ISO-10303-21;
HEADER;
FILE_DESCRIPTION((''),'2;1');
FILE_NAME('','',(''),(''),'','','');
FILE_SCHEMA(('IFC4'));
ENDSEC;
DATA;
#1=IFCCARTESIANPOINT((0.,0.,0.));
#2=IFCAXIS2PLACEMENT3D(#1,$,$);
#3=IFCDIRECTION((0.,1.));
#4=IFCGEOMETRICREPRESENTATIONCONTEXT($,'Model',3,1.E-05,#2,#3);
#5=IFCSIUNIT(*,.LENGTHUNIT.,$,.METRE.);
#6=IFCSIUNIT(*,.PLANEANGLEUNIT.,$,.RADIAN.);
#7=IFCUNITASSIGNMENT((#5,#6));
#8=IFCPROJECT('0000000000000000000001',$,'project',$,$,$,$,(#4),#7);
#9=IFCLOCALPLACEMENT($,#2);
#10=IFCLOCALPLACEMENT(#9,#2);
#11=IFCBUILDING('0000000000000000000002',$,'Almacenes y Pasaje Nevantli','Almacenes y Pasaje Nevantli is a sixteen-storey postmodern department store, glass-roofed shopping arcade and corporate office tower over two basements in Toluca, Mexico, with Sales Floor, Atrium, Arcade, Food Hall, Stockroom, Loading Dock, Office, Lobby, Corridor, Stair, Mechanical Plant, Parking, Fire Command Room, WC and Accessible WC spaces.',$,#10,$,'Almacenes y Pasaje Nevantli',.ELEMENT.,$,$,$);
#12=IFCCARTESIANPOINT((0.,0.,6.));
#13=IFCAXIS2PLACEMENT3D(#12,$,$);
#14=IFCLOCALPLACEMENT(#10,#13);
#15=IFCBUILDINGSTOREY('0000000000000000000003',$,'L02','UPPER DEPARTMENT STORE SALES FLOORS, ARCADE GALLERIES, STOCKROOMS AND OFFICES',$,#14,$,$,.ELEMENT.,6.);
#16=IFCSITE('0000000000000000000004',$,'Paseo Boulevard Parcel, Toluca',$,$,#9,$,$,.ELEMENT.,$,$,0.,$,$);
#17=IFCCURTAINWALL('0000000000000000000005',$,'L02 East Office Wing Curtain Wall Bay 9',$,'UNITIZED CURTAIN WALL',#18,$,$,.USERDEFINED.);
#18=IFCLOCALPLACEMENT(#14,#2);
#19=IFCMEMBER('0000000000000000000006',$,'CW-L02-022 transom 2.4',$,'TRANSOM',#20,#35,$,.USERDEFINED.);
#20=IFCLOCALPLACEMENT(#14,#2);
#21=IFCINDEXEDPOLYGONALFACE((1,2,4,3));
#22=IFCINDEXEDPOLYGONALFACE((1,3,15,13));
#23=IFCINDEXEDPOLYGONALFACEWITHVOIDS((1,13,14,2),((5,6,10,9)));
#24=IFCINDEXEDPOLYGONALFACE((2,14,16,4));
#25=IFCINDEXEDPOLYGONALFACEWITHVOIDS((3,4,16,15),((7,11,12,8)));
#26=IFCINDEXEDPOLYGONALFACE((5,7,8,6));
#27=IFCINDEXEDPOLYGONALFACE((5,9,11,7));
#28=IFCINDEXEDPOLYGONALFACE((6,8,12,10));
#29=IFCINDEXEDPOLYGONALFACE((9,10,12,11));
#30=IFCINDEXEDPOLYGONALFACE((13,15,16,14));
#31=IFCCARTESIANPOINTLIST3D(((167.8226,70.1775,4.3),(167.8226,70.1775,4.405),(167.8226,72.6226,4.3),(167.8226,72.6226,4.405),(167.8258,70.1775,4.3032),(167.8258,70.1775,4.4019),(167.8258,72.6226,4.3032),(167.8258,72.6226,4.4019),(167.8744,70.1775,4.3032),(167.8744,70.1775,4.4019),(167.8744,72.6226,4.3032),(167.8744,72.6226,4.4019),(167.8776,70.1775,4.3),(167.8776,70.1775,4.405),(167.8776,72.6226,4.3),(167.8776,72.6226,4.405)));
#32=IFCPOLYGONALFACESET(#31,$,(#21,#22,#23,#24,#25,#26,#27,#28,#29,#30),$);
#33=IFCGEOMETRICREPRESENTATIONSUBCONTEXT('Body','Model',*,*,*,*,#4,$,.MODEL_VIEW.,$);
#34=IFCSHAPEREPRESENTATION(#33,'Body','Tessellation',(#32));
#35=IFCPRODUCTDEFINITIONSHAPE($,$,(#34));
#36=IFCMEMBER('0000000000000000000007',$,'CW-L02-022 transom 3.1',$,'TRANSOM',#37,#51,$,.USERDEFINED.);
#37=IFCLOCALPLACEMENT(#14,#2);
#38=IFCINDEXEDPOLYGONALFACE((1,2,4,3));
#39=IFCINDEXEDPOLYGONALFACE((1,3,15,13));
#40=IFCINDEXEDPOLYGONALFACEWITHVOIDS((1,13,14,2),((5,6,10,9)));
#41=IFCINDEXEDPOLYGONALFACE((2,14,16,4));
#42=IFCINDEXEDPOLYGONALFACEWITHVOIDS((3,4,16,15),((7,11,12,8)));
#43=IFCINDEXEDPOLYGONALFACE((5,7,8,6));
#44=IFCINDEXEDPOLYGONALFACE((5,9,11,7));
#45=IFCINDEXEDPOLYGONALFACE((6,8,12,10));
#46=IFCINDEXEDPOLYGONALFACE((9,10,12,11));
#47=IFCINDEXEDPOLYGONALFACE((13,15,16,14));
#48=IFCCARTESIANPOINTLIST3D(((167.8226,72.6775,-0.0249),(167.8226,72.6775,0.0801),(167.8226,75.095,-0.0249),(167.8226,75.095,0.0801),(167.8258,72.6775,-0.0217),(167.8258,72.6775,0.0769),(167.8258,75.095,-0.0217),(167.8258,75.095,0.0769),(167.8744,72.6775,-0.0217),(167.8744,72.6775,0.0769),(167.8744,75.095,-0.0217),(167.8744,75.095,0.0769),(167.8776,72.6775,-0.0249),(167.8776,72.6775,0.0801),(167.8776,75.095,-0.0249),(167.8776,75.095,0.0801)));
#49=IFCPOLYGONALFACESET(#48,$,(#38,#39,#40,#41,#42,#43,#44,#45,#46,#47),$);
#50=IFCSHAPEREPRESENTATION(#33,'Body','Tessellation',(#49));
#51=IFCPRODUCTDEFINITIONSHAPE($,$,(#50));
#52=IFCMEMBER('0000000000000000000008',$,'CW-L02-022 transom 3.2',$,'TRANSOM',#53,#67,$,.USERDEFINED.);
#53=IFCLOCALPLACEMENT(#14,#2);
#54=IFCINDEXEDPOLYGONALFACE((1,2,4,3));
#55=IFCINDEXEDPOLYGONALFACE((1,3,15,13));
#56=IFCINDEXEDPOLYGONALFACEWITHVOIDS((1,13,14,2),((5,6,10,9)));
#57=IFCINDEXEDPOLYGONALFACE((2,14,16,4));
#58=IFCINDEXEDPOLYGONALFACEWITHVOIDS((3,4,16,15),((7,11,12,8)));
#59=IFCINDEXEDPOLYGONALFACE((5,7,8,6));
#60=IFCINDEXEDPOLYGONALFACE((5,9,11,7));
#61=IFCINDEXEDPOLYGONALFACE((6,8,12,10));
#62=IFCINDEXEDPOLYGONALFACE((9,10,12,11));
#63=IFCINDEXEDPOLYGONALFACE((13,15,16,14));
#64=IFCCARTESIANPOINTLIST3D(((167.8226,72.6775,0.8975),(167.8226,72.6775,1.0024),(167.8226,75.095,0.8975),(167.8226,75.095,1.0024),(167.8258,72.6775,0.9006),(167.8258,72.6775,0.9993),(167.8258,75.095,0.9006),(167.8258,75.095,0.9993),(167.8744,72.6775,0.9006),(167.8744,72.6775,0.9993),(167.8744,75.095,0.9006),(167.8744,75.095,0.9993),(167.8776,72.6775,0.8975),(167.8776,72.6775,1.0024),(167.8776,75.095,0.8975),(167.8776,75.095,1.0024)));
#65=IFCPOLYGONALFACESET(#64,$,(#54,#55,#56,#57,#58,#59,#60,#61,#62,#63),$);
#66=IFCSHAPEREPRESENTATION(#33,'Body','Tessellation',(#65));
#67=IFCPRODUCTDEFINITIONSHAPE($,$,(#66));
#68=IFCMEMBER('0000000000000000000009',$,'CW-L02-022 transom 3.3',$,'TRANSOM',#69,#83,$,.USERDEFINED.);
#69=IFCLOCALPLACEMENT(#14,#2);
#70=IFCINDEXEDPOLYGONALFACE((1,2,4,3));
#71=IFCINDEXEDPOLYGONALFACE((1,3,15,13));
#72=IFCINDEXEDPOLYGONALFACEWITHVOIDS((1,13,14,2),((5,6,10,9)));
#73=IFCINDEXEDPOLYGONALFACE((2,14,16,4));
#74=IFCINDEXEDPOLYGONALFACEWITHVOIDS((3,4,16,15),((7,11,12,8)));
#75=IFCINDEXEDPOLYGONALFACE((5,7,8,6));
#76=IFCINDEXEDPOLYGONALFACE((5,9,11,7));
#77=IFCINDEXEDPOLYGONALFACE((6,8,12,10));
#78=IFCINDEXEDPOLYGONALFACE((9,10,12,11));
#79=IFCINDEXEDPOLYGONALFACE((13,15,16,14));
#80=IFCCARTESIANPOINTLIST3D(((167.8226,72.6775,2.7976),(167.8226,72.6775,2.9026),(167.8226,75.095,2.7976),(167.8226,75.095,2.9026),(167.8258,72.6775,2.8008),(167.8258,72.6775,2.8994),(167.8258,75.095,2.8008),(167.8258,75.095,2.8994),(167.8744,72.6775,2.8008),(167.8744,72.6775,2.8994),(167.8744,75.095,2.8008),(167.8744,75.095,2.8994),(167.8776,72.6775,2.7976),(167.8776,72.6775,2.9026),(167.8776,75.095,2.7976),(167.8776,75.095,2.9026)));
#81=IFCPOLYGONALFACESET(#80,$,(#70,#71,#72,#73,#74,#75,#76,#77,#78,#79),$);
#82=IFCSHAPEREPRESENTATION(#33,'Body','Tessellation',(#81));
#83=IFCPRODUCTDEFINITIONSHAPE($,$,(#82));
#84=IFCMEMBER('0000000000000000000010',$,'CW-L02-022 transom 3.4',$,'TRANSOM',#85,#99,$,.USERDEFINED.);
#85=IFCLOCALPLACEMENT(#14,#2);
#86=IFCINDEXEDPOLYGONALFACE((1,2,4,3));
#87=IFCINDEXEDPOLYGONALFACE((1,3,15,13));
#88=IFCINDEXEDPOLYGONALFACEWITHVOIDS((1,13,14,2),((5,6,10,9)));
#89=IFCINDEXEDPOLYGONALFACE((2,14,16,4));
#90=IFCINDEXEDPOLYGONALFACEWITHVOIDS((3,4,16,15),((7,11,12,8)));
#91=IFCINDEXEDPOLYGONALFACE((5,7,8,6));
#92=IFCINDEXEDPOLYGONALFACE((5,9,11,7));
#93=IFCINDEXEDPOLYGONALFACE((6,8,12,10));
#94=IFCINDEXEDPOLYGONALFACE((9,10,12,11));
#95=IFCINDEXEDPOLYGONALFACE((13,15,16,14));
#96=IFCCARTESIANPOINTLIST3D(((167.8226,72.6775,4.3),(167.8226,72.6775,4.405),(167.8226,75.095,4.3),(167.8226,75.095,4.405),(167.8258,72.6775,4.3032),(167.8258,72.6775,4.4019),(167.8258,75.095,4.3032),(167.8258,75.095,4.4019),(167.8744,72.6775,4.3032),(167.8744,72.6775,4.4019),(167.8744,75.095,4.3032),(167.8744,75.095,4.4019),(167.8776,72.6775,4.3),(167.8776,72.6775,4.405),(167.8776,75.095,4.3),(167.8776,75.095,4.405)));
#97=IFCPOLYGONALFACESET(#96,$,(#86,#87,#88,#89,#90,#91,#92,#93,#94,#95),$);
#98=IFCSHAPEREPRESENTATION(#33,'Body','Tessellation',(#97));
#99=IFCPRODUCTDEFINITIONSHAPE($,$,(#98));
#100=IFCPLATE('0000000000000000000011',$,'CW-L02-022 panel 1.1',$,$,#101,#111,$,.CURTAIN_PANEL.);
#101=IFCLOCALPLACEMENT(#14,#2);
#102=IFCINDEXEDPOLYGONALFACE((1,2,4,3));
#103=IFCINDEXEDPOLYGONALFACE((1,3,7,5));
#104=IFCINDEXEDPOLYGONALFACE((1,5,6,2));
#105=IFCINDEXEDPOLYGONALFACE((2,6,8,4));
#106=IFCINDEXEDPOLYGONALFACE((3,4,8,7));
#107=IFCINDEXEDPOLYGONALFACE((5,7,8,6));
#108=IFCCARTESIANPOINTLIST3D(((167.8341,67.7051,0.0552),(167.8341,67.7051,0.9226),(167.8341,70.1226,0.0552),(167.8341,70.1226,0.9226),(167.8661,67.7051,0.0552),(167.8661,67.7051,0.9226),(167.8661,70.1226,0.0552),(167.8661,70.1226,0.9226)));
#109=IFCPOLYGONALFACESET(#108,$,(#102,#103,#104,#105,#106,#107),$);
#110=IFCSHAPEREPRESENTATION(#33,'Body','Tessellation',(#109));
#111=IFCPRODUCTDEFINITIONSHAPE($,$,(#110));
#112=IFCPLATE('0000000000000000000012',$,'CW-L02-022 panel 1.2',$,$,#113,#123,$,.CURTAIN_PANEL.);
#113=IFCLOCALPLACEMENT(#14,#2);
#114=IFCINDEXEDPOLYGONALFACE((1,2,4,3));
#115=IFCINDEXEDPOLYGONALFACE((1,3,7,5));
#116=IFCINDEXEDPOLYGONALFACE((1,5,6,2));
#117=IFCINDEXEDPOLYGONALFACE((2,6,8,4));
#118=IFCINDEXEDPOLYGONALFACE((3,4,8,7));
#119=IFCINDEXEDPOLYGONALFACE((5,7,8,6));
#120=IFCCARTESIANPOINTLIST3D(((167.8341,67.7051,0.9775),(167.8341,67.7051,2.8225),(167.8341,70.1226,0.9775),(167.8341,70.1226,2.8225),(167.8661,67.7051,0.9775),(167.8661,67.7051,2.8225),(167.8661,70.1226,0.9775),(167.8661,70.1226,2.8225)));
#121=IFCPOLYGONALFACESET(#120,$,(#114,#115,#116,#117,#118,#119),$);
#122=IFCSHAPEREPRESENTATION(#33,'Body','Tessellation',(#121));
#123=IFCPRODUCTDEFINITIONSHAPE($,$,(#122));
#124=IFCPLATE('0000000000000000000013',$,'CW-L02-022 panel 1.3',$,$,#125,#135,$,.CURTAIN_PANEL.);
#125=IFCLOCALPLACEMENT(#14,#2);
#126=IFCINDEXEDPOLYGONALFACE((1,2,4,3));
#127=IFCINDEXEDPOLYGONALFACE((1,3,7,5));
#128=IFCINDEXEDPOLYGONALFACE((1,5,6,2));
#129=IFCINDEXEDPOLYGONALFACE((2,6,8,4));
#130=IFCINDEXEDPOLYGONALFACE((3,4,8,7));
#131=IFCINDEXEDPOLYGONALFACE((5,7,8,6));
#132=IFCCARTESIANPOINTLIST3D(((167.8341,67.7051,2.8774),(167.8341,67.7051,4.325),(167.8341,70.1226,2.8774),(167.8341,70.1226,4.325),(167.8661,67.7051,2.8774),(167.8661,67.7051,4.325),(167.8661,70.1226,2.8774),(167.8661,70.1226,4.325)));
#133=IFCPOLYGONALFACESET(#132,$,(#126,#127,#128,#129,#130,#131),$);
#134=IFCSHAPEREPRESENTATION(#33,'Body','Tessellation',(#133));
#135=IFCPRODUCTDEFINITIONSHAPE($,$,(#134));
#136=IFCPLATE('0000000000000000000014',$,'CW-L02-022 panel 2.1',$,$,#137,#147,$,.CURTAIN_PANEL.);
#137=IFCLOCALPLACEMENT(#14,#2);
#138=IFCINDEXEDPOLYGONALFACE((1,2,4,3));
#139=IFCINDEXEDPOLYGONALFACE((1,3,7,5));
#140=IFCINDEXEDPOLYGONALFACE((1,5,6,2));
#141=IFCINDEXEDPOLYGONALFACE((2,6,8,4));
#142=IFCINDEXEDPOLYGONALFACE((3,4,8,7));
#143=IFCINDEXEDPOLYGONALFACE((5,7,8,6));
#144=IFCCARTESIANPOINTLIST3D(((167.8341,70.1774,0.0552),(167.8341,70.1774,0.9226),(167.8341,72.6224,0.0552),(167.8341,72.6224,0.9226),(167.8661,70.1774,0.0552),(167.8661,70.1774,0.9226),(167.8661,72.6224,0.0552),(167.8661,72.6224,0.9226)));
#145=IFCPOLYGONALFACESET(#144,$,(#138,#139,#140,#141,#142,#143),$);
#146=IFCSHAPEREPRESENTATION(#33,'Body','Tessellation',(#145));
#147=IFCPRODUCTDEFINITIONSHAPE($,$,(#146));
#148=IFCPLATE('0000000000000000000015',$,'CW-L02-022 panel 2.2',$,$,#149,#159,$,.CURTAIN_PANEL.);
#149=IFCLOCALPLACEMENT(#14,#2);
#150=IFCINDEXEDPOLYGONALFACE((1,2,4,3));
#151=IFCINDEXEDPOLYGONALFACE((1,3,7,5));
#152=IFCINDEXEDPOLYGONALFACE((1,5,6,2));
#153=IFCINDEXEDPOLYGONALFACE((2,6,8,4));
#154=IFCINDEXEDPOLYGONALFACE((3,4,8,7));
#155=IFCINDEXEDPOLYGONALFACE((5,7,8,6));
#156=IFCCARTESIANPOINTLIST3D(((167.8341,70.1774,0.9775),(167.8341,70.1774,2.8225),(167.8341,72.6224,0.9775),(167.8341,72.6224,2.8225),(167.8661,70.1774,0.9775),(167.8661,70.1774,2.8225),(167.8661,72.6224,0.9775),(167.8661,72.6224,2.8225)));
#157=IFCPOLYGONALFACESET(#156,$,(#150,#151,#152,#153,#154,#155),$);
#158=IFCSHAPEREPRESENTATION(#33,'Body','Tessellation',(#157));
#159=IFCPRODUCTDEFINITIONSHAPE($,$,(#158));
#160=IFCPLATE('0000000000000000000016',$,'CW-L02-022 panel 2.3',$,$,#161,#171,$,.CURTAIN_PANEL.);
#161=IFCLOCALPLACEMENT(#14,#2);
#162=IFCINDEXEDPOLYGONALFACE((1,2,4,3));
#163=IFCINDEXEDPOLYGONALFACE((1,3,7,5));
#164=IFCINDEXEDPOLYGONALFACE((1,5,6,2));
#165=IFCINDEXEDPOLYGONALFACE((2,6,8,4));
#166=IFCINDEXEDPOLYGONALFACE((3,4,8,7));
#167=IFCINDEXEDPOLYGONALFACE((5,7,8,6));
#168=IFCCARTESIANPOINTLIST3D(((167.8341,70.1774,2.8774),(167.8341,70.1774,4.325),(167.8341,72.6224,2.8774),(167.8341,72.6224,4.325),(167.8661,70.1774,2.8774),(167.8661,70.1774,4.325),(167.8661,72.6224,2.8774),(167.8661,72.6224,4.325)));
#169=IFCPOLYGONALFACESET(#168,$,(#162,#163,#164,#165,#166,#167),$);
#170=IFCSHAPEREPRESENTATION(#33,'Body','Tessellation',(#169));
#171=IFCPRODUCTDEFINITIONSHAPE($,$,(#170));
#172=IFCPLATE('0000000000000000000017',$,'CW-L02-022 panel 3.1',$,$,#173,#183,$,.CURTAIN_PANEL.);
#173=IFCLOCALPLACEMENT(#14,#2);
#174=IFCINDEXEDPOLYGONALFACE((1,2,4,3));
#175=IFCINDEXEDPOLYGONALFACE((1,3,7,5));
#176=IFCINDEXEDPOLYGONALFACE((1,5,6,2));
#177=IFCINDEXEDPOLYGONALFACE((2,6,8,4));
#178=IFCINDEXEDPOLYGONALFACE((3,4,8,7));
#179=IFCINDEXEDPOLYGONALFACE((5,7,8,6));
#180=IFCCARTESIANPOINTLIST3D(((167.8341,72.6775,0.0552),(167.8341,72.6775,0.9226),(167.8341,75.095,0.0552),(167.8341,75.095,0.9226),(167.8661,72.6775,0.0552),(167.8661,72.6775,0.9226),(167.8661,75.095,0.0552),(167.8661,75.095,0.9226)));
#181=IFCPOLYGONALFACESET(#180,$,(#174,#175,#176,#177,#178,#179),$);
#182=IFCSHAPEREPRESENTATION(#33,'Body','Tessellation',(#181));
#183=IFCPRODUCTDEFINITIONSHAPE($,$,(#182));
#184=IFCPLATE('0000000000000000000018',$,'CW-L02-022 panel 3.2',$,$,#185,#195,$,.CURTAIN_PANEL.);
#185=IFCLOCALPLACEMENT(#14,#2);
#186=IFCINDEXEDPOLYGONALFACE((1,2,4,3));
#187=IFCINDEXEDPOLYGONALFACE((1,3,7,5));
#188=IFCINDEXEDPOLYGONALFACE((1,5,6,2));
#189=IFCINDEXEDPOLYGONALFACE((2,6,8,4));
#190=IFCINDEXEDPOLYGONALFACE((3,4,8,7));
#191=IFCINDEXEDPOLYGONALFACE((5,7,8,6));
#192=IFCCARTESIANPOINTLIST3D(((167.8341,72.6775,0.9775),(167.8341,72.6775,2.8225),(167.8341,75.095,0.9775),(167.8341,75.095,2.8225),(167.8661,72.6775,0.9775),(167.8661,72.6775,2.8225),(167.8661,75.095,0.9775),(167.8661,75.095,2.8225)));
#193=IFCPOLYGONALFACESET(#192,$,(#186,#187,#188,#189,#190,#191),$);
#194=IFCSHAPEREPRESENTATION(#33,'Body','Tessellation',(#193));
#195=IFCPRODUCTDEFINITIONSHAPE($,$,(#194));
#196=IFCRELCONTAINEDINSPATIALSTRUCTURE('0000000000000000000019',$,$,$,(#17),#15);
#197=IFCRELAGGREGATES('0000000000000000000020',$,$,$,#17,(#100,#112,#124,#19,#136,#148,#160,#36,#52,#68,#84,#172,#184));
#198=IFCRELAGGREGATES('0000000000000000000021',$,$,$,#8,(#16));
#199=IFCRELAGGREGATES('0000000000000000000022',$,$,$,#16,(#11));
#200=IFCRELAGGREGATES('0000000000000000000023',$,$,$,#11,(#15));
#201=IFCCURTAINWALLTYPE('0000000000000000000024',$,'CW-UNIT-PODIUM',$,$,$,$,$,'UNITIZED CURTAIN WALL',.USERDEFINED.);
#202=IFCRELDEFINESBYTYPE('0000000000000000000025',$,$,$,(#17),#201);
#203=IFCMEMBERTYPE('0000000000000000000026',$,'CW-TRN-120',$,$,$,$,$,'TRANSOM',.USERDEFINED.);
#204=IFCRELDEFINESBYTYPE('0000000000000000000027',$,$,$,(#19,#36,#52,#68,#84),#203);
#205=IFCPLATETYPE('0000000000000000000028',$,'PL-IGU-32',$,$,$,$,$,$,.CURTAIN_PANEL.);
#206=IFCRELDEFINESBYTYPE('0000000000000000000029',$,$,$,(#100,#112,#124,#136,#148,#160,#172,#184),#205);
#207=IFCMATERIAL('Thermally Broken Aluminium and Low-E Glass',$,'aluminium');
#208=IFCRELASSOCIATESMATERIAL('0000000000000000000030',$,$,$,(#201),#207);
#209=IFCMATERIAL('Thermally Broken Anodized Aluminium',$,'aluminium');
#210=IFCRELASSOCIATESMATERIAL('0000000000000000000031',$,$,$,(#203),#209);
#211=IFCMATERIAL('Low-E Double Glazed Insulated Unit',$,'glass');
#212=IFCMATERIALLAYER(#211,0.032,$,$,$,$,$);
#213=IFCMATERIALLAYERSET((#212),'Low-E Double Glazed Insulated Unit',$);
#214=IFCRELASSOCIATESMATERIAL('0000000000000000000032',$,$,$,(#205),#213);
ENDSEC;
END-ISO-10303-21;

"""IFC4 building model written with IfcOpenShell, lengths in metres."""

from ifc_helpers import new_model, si_unit, direction, frame, origin, origin_2d, place, context, subcontext, project, spatial, rectangle, hollow_rectangle, extrude, material, layer, layer_set, material_profile, profile_set, type_object, element, aggregate, save


model = new_model("IFC4")

# Units and contexts
model_context = context("Model", 3, precision=1e-05, world=origin(), true_north=direction((0.0, 1.0)))
body_context = subcontext(model_context, "Body", "Model", "MODEL_VIEW")
ifc_project = project(units=[si_unit("LENGTHUNIT", "METRE"), si_unit("PLANEANGLEUNIT", "RADIAN")], contexts=[model_context])

# Site, building, storey
site_placement = place(None, origin())
site = spatial("IfcSite", under=ifc_project, at=site_placement, Name="Paseo Boulevard Parcel, Toluca", CompositionType="ELEMENT", RefElevation=0.0)
building_placement = place(site_placement, origin())
building = spatial("IfcBuilding", under=site, at=building_placement, Name="Almacenes y Pasaje Nevantli", Description="Almacenes y Pasaje Nevantli is a sixteen-storey postmodern department store, glass-roofed shopping arcade and corporate office tower over two basements in Toluca, Mexico, with Sales Floor, Atrium, Arcade, Food Hall, Stockroom, Loading Dock, Office, Lobby, Corridor, Stair, Mechanical Plant, Parking, Fire Command Room, WC and Accessible WC spaces.", LongName="Almacenes y Pasaje Nevantli", CompositionType="ELEMENT")
storey_placement = place(building_placement, frame((0.0, 0.0, 6.0)))
storey = spatial("IfcBuildingStorey", under=building, at=storey_placement, Name="L02", Description="UPPER DEPARTMENT STORE SALES FLOORS, ARCADE GALLERIES, STOCKROOMS AND OFFICES", CompositionType="ELEMENT", Elevation=6.0)

# Curtain wall, members, plates
ifc_material_1 = material(Name="Thermally Broken Aluminium and Low-E Glass", Category="aluminium")
curtain_wall_type = type_object("IfcCurtainWallType", Name="CW-UNIT-PODIUM", ElementType="UNITIZED CURTAIN WALL", PredefinedType="USERDEFINED", material=ifc_material_1)
curtain_wall_placement = place(storey_placement, origin())
curtain_wall = element("IfcCurtainWall", 1, at=curtain_wall_placement, inside=storey, type_object=curtain_wall_type, Name="L02 East Office Wing Curtain Wall Bay 9", ObjectType="UNITIZED CURTAIN WALL", PredefinedType="USERDEFINED")
ifc_material_2 = material(Name="Thermally Broken Anodized Aluminium", Category="aluminium")
ifc_material_profile_1 = material_profile(ifc_material_2, hollow_rectangle(XDim=0.0549, YDim=0.105, WallThickness=0.0032, at=origin_2d()), Name="ALU-TRN-55x105")
ifc_profile_set_1 = profile_set([ifc_material_profile_1], Name="Thermally Broken Anodized Aluminium")
member_type_1 = type_object("IfcMemberType", Name="CW-TRN-120", ElementType="TRANSOM", PredefinedType="USERDEFINED", material=ifc_profile_set_1)
member_1_placement = place(storey_placement, frame((167.8501, 70.1775, 4.3525), z_axis=(0.0, 1.0, 0.0), x_axis=(-1.0, 0.0, 0.0)))
member_1 = element("IfcMember", 2, at=member_1_placement, type_object=member_type_1, Name="CW-L02-022 transom 2.4", ObjectType="TRANSOM", PredefinedType="USERDEFINED", context=body_context, shape_type="SweptSolid", body=[
    extrude(hollow_rectangle(XDim=0.0549, YDim=0.105, WallThickness=0.0032, at=origin_2d()), origin(), (0.0, 0.0, 1.0), 2.4451),
])
member_2_placement = place(storey_placement, frame((167.8501, 72.6775, 0.0276), z_axis=(0.0, 1.0, 0.0), x_axis=(-1.0, 0.0, 0.0)))
member_2 = element("IfcMember", 3, at=member_2_placement, type_object=member_type_1, Name="CW-L02-022 transom 3.1", ObjectType="TRANSOM", PredefinedType="USERDEFINED", context=body_context, shape_type="SweptSolid", body=[
    extrude(hollow_rectangle(XDim=0.0549, YDim=0.105, WallThickness=0.0032, at=origin_2d()), origin(), (0.0, 0.0, 1.0), 2.4175),
])
member_3_placement = place(storey_placement, frame((167.8501, 72.6775, 0.95), z_axis=(0.0, 1.0, 0.0), x_axis=(-1.0, 0.0, 0.0)))
member_3 = element("IfcMember", 4, at=member_3_placement, type_object=member_type_1, Name="CW-L02-022 transom 3.2", ObjectType="TRANSOM", PredefinedType="USERDEFINED", context=body_context, shape_type="SweptSolid", body=[
    extrude(hollow_rectangle(XDim=0.0549, YDim=0.105, WallThickness=0.0032, at=origin_2d()), origin(), (0.0, 0.0, 1.0), 2.4175),
])
member_4_placement = place(storey_placement, frame((167.8501, 72.6775, 2.8501), z_axis=(0.0, 1.0, 0.0), x_axis=(-1.0, 0.0, 0.0)))
member_4 = element("IfcMember", 5, at=member_4_placement, type_object=member_type_1, Name="CW-L02-022 transom 3.3", ObjectType="TRANSOM", PredefinedType="USERDEFINED", context=body_context, shape_type="SweptSolid", body=[
    extrude(hollow_rectangle(XDim=0.0549, YDim=0.105, WallThickness=0.0032, at=origin_2d()), origin(), (0.0, 0.0, 1.0), 2.4175),
])
member_5_placement = place(storey_placement, frame((167.8501, 72.6775, 4.3525), z_axis=(0.0, 1.0, 0.0), x_axis=(-1.0, 0.0, 0.0)))
member_5 = element("IfcMember", 6, at=member_5_placement, type_object=member_type_1, Name="CW-L02-022 transom 3.4", ObjectType="TRANSOM", PredefinedType="USERDEFINED", context=body_context, shape_type="SweptSolid", body=[
    extrude(hollow_rectangle(XDim=0.0549, YDim=0.105, WallThickness=0.0032, at=origin_2d()), origin(), (0.0, 0.0, 1.0), 2.4175),
])
ifc_material_3 = material(Name="Low-E Double Glazed Insulated Unit", Category="glass")
ifc_layer_1 = layer(ifc_material_3, 0.032)
ifc_layer_set_1 = layer_set([ifc_layer_1], Name="Low-E Double Glazed Insulated Unit")
plate_type = type_object("IfcPlateType", Name="PL-IGU-32", PredefinedType="CURTAIN_PANEL", material=ifc_layer_set_1)
plate_1_placement = place(storey_placement, frame((167.8501, 68.9138, 0.0552), z_axis=(0.0, 0.0, 1.0), x_axis=(0.0, 1.0, 0.0)))
plate_1 = element("IfcPlate", 7, at=plate_1_placement, type_object=plate_type, Name="CW-L02-022 panel 1.1", PredefinedType="CURTAIN_PANEL", context=body_context, shape_type="SweptSolid", body=[
    extrude(rectangle(XDim=2.4175, YDim=0.032, at=origin_2d()), origin(), (0.0, 0.0, 1.0), 0.8674),
])
plate_2_placement = place(storey_placement, frame((167.8501, 68.9138, 0.9775), z_axis=(0.0, 0.0, 1.0), x_axis=(0.0, 1.0, 0.0)))
plate_2 = element("IfcPlate", 8, at=plate_2_placement, type_object=plate_type, Name="CW-L02-022 panel 1.2", PredefinedType="CURTAIN_PANEL", context=body_context, shape_type="SweptSolid", body=[
    extrude(rectangle(XDim=2.4175, YDim=0.032, at=origin_2d()), origin(), (0.0, 0.0, 1.0), 1.845),
])
plate_3_placement = place(storey_placement, frame((167.8501, 68.9138, 2.8774), z_axis=(0.0, 0.0, 1.0), x_axis=(0.0, 1.0, 0.0)))
plate_3 = element("IfcPlate", 9, at=plate_3_placement, type_object=plate_type, Name="CW-L02-022 panel 1.3", PredefinedType="CURTAIN_PANEL", context=body_context, shape_type="SweptSolid", body=[
    extrude(rectangle(XDim=2.4175, YDim=0.032, at=origin_2d()), origin(), (0.0, 0.0, 1.0), 1.4475),
])
plate_4_placement = place(storey_placement, frame((167.8501, 71.3999, 0.0552), z_axis=(0.0, 0.0, 1.0), x_axis=(0.0, 1.0, 0.0)))
plate_4 = element("IfcPlate", 10, at=plate_4_placement, type_object=plate_type, Name="CW-L02-022 panel 2.1", PredefinedType="CURTAIN_PANEL", context=body_context, shape_type="SweptSolid", body=[
    extrude(rectangle(XDim=2.4451, YDim=0.032, at=origin_2d()), origin(), (0.0, 0.0, 1.0), 0.8674),
])
plate_5_placement = place(storey_placement, frame((167.8501, 71.3999, 0.9775), z_axis=(0.0, 0.0, 1.0), x_axis=(0.0, 1.0, 0.0)))
plate_5 = element("IfcPlate", 11, at=plate_5_placement, type_object=plate_type, Name="CW-L02-022 panel 2.2", PredefinedType="CURTAIN_PANEL", context=body_context, shape_type="SweptSolid", body=[
    extrude(rectangle(XDim=2.4451, YDim=0.032, at=origin_2d()), origin(), (0.0, 0.0, 1.0), 1.845),
])
plate_6_placement = place(storey_placement, frame((167.8501, 71.3999, 2.8774), z_axis=(0.0, 0.0, 1.0), x_axis=(0.0, 1.0, 0.0)))
plate_6 = element("IfcPlate", 12, at=plate_6_placement, type_object=plate_type, Name="CW-L02-022 panel 2.3", PredefinedType="CURTAIN_PANEL", context=body_context, shape_type="SweptSolid", body=[
    extrude(rectangle(XDim=2.4451, YDim=0.032, at=origin_2d()), origin(), (0.0, 0.0, 1.0), 1.4475),
])
plate_7_placement = place(storey_placement, frame((167.8501, 73.8862, 0.0552), z_axis=(0.0, 0.0, 1.0), x_axis=(0.0, 1.0, 0.0)))
plate_7 = element("IfcPlate", 13, at=plate_7_placement, type_object=plate_type, Name="CW-L02-022 panel 3.1", PredefinedType="CURTAIN_PANEL", context=body_context, shape_type="SweptSolid", body=[
    extrude(rectangle(XDim=2.4175, YDim=0.032, at=origin_2d()), origin(), (0.0, 0.0, 1.0), 0.8674),
])
plate_8_placement = place(storey_placement, frame((167.8501, 73.8862, 0.9775), z_axis=(0.0, 0.0, 1.0), x_axis=(0.0, 1.0, 0.0)))
plate_8 = element("IfcPlate", 14, at=plate_8_placement, type_object=plate_type, Name="CW-L02-022 panel 3.2", PredefinedType="CURTAIN_PANEL", context=body_context, shape_type="SweptSolid", body=[
    extrude(rectangle(XDim=2.4175, YDim=0.032, at=origin_2d()), origin(), (0.0, 0.0, 1.0), 1.845),
])
aggregate(curtain_wall, [plate_1, plate_2, plate_3, member_1, plate_4, plate_5, plate_6, member_2, member_3, member_4, member_5, plate_7, plate_8])

save(model, "model.ifc")
